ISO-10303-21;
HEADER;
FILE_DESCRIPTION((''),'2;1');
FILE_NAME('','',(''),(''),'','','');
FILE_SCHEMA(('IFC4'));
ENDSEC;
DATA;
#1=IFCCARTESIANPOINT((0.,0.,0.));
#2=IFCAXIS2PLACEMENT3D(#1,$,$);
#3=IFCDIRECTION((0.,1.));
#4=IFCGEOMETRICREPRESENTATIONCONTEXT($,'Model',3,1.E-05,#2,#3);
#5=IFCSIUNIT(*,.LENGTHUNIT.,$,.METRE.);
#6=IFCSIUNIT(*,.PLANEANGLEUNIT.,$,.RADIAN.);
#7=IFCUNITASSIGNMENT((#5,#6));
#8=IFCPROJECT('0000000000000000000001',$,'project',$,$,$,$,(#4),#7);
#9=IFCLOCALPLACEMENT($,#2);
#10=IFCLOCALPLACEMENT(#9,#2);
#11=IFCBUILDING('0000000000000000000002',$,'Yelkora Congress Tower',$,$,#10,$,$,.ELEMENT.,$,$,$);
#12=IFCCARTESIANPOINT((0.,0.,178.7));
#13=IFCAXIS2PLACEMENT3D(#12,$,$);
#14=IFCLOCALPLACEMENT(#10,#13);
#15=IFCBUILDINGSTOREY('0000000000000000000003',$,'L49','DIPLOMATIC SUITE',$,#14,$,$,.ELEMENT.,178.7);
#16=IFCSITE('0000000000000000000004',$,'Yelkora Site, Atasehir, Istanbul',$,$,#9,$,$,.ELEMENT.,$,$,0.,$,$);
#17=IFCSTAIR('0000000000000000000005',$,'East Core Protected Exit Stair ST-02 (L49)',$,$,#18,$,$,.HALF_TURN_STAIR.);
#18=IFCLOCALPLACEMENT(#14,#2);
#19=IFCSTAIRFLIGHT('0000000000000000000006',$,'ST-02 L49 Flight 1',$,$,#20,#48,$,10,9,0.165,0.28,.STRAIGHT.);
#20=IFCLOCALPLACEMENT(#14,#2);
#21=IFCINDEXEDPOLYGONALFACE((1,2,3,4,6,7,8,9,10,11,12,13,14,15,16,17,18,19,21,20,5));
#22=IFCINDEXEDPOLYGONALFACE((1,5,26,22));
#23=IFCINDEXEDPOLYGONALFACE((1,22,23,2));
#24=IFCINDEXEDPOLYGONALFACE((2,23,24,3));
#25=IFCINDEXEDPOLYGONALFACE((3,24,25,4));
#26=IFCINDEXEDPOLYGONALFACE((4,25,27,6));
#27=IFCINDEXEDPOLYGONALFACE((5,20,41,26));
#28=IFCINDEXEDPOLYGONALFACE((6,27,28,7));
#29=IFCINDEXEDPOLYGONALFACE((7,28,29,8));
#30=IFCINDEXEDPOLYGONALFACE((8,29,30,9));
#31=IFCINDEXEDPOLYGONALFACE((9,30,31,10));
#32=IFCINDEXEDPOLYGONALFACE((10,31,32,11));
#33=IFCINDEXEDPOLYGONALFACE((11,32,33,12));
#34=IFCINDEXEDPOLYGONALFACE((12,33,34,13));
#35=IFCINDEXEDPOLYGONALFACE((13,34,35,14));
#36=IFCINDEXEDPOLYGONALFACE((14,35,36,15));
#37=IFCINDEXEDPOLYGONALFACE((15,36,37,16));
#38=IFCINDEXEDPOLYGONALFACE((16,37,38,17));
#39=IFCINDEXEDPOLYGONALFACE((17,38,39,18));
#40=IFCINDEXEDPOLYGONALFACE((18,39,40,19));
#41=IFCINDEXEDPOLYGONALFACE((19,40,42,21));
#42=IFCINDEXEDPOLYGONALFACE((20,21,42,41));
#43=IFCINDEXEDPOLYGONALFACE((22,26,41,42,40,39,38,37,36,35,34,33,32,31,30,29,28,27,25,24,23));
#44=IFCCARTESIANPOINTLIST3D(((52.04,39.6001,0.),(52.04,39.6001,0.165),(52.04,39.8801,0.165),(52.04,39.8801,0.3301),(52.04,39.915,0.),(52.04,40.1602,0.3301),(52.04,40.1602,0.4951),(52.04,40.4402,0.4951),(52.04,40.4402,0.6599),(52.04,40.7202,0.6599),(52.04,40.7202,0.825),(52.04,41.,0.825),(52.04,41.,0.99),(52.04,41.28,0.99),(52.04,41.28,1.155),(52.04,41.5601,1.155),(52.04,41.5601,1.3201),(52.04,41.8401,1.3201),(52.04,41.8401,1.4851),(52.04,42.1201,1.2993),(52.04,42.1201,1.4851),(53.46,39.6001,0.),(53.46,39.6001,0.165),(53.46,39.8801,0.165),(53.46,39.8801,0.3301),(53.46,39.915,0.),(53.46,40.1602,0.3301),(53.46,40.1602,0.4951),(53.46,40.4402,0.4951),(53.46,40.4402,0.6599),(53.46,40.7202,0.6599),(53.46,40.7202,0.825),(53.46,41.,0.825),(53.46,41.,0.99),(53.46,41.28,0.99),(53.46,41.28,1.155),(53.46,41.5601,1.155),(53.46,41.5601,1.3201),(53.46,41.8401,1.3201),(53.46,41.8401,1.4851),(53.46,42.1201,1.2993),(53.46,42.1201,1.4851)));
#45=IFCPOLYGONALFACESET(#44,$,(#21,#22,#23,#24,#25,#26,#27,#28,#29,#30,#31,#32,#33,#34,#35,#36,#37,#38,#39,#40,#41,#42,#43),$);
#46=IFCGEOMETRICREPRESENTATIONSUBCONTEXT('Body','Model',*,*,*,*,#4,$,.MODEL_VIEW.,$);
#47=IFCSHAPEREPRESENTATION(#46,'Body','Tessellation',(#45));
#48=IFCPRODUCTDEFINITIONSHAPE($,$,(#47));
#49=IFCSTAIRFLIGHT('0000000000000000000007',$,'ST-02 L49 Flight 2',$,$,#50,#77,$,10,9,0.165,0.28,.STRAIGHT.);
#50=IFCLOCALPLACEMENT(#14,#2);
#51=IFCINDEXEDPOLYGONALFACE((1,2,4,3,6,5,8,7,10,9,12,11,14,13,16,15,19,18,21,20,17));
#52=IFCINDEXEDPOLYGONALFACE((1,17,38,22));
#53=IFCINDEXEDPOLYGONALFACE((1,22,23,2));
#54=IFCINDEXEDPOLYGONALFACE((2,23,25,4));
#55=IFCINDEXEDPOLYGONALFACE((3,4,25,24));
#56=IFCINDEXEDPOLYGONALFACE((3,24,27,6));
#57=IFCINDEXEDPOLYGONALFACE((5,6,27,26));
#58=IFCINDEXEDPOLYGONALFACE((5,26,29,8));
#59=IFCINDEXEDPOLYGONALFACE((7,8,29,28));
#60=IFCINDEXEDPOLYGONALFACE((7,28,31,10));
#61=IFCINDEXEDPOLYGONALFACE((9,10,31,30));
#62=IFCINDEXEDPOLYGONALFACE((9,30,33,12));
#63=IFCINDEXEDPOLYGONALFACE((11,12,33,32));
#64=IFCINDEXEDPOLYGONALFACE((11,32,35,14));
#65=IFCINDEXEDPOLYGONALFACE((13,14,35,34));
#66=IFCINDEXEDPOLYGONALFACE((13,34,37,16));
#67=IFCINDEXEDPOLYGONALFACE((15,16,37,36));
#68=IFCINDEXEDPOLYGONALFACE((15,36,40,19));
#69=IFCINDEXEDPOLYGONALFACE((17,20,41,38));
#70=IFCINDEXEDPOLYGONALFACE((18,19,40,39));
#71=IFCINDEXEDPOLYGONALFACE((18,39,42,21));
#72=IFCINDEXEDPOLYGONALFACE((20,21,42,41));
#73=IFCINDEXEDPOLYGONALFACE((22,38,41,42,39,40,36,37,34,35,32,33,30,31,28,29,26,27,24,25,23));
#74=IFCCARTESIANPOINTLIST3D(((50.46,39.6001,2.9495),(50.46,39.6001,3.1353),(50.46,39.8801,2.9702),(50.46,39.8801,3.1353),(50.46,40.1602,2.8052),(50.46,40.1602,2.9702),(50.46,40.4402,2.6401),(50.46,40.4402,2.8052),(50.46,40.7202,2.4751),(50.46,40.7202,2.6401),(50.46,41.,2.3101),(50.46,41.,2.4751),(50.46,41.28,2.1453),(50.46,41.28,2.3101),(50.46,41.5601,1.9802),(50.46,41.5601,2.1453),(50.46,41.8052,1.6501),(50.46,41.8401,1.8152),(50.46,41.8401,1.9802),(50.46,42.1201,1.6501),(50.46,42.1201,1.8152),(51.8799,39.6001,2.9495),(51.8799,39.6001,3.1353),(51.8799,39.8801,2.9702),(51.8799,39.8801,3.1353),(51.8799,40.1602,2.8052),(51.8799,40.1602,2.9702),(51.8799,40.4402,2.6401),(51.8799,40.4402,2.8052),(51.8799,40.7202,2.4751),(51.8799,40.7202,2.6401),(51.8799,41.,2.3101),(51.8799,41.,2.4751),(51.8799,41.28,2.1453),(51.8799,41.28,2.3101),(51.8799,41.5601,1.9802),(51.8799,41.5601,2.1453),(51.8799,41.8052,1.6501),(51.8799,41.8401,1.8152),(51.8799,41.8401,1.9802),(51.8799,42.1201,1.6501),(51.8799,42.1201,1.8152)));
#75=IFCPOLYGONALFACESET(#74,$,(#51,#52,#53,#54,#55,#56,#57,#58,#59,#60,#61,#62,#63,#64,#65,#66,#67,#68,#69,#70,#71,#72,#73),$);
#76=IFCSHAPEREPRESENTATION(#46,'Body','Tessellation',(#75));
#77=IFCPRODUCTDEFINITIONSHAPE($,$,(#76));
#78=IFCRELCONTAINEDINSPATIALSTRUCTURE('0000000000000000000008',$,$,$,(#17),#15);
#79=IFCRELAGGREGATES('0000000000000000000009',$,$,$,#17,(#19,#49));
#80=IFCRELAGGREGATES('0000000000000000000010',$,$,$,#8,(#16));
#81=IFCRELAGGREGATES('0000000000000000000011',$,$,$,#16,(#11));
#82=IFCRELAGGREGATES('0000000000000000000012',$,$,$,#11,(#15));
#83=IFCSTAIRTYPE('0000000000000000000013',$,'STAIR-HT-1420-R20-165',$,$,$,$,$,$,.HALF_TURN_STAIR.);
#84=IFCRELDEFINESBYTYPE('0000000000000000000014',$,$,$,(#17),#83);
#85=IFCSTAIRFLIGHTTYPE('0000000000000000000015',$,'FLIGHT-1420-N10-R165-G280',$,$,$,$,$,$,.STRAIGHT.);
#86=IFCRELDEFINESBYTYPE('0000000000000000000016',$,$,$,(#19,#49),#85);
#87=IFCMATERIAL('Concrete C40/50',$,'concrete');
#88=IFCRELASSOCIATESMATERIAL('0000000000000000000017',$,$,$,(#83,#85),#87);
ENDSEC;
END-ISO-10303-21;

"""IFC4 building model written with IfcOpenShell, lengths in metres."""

from ifc_helpers import new_model, si_unit, direction, frame, origin, place, context, subcontext, project, spatial, polyline, outline, extrude, material, type_object, element, aggregate, save


model = new_model("IFC4")

# Units and contexts
model_context = context("Model", 3, precision=1e-05, world=origin(), true_north=direction((0.0, 1.0)))
body_context = subcontext(model_context, "Body", "Model", "MODEL_VIEW")
ifc_project = project(units=[si_unit("LENGTHUNIT", "METRE"), si_unit("PLANEANGLEUNIT", "RADIAN")], contexts=[model_context])

# Site, building, storey
site_placement = place(None, origin())
site = spatial("IfcSite", under=ifc_project, at=site_placement, Name="Yelkora Site, Atasehir, Istanbul", CompositionType="ELEMENT", RefElevation=0.0)
building_placement = place(site_placement, origin())
building = spatial("IfcBuilding", under=site, at=building_placement, Name="Yelkora Congress Tower", CompositionType="ELEMENT")
storey_placement = place(building_placement, frame((0.0, 0.0, 178.7)))
storey = spatial("IfcBuildingStorey", under=building, at=storey_placement, Name="L49", Description="DIPLOMATIC SUITE", CompositionType="ELEMENT", Elevation=178.7)

# Stair, stair flights
ifc_material_1 = material(Name="Concrete C40/50", Category="concrete")
stair_type = type_object("IfcStairType", Name="STAIR-HT-1420-R20-165", PredefinedType="HALF_TURN_STAIR", material=ifc_material_1)
stair_placement = place(storey_placement, origin())
stair = element("IfcStair", 1, at=stair_placement, inside=storey, type_object=stair_type, Name="East Core Protected Exit Stair ST-02 (L49)", PredefinedType="HALF_TURN_STAIR")
stair_flight_type = type_object("IfcStairFlightType", Name="FLIGHT-1420-N10-R165-G280", PredefinedType="STRAIGHT", material=ifc_material_1)
stair_flight_1_placement = place(storey_placement, frame((52.75, 39.6001, 0.0), z_axis=(0.0, 0.0, 1.0), x_axis=(0.0, 1.0, 0.0)))
stair_flight_1 = element("IfcStairFlight", 2, at=stair_flight_1_placement, type_object=stair_flight_type, Name="ST-02 L49 Flight 1", NumberOfRisers=10, NumberOfTreads=9, PredefinedType="STRAIGHT", RiserHeight=0.165, TreadLength=0.28, context=body_context, shape_type="SweptSolid", body=[
    extrude(outline(polyline([(0.0, 0.0), (0.0, 0.165), (0.28, 0.165), (0.28, 0.3301), (0.5601, 0.3301), (0.5601, 0.4951), (0.8401, 0.4951), (0.8401, 0.6599), (1.1201, 0.6599), (1.1201, 0.825), (1.3999, 0.825), (1.3999, 0.99), (1.6799, 0.99), (1.6799, 1.155), (1.96, 1.155), (1.96, 1.3201), (2.24, 1.3201), (2.24, 1.4851), (2.52, 1.4851), (2.52, 1.6499), (2.52, 1.2993), (0.3149, 0.0), (0.0, 0.0)])), frame((0.0, 0.71, 0.0), z_axis=(0.0, -1.0, 0.0), x_axis=(1.0, 0.0, 0.0)), (0.0, 0.0, 1.0), 1.4199),
])
stair_flight_2_placement = place(storey_placement, frame((51.1699, 42.1201, 1.6501), z_axis=(0.0, 0.0, 1.0), x_axis=(0.0, -1.0, 0.0)))
stair_flight_2 = element("IfcStairFlight", 3, at=stair_flight_2_placement, type_object=stair_flight_type, Name="ST-02 L49 Flight 2", NumberOfRisers=10, NumberOfTreads=9, PredefinedType="STRAIGHT", RiserHeight=0.165, TreadLength=0.28, context=body_context, shape_type="SweptSolid", body=[
    extrude(outline(polyline([(0.0, 0.0), (0.0, 0.165), (0.28, 0.165), (0.28, 0.3301), (0.5601, 0.3301), (0.5601, 0.4951), (0.8401, 0.4951), (0.8401, 0.6599), (1.1201, 0.6599), (1.1201, 0.825), (1.3999, 0.825), (1.3999, 0.99), (1.6799, 0.99), (1.6799, 1.155), (1.96, 1.155), (1.96, 1.3201), (2.24, 1.3201), (2.24, 1.4851), (2.52, 1.4851), (2.52, 1.6499), (2.52, 1.2993), (0.3149, 0.0), (0.0, 0.0)])), frame((0.0, 0.71, 0.0), z_axis=(0.0, -1.0, 0.0), x_axis=(1.0, 0.0, 0.0)), (0.0, 0.0, 1.0), 1.4199),
])
aggregate(stair, [stair_flight_1, stair_flight_2])

save(model, "model.ifc")
